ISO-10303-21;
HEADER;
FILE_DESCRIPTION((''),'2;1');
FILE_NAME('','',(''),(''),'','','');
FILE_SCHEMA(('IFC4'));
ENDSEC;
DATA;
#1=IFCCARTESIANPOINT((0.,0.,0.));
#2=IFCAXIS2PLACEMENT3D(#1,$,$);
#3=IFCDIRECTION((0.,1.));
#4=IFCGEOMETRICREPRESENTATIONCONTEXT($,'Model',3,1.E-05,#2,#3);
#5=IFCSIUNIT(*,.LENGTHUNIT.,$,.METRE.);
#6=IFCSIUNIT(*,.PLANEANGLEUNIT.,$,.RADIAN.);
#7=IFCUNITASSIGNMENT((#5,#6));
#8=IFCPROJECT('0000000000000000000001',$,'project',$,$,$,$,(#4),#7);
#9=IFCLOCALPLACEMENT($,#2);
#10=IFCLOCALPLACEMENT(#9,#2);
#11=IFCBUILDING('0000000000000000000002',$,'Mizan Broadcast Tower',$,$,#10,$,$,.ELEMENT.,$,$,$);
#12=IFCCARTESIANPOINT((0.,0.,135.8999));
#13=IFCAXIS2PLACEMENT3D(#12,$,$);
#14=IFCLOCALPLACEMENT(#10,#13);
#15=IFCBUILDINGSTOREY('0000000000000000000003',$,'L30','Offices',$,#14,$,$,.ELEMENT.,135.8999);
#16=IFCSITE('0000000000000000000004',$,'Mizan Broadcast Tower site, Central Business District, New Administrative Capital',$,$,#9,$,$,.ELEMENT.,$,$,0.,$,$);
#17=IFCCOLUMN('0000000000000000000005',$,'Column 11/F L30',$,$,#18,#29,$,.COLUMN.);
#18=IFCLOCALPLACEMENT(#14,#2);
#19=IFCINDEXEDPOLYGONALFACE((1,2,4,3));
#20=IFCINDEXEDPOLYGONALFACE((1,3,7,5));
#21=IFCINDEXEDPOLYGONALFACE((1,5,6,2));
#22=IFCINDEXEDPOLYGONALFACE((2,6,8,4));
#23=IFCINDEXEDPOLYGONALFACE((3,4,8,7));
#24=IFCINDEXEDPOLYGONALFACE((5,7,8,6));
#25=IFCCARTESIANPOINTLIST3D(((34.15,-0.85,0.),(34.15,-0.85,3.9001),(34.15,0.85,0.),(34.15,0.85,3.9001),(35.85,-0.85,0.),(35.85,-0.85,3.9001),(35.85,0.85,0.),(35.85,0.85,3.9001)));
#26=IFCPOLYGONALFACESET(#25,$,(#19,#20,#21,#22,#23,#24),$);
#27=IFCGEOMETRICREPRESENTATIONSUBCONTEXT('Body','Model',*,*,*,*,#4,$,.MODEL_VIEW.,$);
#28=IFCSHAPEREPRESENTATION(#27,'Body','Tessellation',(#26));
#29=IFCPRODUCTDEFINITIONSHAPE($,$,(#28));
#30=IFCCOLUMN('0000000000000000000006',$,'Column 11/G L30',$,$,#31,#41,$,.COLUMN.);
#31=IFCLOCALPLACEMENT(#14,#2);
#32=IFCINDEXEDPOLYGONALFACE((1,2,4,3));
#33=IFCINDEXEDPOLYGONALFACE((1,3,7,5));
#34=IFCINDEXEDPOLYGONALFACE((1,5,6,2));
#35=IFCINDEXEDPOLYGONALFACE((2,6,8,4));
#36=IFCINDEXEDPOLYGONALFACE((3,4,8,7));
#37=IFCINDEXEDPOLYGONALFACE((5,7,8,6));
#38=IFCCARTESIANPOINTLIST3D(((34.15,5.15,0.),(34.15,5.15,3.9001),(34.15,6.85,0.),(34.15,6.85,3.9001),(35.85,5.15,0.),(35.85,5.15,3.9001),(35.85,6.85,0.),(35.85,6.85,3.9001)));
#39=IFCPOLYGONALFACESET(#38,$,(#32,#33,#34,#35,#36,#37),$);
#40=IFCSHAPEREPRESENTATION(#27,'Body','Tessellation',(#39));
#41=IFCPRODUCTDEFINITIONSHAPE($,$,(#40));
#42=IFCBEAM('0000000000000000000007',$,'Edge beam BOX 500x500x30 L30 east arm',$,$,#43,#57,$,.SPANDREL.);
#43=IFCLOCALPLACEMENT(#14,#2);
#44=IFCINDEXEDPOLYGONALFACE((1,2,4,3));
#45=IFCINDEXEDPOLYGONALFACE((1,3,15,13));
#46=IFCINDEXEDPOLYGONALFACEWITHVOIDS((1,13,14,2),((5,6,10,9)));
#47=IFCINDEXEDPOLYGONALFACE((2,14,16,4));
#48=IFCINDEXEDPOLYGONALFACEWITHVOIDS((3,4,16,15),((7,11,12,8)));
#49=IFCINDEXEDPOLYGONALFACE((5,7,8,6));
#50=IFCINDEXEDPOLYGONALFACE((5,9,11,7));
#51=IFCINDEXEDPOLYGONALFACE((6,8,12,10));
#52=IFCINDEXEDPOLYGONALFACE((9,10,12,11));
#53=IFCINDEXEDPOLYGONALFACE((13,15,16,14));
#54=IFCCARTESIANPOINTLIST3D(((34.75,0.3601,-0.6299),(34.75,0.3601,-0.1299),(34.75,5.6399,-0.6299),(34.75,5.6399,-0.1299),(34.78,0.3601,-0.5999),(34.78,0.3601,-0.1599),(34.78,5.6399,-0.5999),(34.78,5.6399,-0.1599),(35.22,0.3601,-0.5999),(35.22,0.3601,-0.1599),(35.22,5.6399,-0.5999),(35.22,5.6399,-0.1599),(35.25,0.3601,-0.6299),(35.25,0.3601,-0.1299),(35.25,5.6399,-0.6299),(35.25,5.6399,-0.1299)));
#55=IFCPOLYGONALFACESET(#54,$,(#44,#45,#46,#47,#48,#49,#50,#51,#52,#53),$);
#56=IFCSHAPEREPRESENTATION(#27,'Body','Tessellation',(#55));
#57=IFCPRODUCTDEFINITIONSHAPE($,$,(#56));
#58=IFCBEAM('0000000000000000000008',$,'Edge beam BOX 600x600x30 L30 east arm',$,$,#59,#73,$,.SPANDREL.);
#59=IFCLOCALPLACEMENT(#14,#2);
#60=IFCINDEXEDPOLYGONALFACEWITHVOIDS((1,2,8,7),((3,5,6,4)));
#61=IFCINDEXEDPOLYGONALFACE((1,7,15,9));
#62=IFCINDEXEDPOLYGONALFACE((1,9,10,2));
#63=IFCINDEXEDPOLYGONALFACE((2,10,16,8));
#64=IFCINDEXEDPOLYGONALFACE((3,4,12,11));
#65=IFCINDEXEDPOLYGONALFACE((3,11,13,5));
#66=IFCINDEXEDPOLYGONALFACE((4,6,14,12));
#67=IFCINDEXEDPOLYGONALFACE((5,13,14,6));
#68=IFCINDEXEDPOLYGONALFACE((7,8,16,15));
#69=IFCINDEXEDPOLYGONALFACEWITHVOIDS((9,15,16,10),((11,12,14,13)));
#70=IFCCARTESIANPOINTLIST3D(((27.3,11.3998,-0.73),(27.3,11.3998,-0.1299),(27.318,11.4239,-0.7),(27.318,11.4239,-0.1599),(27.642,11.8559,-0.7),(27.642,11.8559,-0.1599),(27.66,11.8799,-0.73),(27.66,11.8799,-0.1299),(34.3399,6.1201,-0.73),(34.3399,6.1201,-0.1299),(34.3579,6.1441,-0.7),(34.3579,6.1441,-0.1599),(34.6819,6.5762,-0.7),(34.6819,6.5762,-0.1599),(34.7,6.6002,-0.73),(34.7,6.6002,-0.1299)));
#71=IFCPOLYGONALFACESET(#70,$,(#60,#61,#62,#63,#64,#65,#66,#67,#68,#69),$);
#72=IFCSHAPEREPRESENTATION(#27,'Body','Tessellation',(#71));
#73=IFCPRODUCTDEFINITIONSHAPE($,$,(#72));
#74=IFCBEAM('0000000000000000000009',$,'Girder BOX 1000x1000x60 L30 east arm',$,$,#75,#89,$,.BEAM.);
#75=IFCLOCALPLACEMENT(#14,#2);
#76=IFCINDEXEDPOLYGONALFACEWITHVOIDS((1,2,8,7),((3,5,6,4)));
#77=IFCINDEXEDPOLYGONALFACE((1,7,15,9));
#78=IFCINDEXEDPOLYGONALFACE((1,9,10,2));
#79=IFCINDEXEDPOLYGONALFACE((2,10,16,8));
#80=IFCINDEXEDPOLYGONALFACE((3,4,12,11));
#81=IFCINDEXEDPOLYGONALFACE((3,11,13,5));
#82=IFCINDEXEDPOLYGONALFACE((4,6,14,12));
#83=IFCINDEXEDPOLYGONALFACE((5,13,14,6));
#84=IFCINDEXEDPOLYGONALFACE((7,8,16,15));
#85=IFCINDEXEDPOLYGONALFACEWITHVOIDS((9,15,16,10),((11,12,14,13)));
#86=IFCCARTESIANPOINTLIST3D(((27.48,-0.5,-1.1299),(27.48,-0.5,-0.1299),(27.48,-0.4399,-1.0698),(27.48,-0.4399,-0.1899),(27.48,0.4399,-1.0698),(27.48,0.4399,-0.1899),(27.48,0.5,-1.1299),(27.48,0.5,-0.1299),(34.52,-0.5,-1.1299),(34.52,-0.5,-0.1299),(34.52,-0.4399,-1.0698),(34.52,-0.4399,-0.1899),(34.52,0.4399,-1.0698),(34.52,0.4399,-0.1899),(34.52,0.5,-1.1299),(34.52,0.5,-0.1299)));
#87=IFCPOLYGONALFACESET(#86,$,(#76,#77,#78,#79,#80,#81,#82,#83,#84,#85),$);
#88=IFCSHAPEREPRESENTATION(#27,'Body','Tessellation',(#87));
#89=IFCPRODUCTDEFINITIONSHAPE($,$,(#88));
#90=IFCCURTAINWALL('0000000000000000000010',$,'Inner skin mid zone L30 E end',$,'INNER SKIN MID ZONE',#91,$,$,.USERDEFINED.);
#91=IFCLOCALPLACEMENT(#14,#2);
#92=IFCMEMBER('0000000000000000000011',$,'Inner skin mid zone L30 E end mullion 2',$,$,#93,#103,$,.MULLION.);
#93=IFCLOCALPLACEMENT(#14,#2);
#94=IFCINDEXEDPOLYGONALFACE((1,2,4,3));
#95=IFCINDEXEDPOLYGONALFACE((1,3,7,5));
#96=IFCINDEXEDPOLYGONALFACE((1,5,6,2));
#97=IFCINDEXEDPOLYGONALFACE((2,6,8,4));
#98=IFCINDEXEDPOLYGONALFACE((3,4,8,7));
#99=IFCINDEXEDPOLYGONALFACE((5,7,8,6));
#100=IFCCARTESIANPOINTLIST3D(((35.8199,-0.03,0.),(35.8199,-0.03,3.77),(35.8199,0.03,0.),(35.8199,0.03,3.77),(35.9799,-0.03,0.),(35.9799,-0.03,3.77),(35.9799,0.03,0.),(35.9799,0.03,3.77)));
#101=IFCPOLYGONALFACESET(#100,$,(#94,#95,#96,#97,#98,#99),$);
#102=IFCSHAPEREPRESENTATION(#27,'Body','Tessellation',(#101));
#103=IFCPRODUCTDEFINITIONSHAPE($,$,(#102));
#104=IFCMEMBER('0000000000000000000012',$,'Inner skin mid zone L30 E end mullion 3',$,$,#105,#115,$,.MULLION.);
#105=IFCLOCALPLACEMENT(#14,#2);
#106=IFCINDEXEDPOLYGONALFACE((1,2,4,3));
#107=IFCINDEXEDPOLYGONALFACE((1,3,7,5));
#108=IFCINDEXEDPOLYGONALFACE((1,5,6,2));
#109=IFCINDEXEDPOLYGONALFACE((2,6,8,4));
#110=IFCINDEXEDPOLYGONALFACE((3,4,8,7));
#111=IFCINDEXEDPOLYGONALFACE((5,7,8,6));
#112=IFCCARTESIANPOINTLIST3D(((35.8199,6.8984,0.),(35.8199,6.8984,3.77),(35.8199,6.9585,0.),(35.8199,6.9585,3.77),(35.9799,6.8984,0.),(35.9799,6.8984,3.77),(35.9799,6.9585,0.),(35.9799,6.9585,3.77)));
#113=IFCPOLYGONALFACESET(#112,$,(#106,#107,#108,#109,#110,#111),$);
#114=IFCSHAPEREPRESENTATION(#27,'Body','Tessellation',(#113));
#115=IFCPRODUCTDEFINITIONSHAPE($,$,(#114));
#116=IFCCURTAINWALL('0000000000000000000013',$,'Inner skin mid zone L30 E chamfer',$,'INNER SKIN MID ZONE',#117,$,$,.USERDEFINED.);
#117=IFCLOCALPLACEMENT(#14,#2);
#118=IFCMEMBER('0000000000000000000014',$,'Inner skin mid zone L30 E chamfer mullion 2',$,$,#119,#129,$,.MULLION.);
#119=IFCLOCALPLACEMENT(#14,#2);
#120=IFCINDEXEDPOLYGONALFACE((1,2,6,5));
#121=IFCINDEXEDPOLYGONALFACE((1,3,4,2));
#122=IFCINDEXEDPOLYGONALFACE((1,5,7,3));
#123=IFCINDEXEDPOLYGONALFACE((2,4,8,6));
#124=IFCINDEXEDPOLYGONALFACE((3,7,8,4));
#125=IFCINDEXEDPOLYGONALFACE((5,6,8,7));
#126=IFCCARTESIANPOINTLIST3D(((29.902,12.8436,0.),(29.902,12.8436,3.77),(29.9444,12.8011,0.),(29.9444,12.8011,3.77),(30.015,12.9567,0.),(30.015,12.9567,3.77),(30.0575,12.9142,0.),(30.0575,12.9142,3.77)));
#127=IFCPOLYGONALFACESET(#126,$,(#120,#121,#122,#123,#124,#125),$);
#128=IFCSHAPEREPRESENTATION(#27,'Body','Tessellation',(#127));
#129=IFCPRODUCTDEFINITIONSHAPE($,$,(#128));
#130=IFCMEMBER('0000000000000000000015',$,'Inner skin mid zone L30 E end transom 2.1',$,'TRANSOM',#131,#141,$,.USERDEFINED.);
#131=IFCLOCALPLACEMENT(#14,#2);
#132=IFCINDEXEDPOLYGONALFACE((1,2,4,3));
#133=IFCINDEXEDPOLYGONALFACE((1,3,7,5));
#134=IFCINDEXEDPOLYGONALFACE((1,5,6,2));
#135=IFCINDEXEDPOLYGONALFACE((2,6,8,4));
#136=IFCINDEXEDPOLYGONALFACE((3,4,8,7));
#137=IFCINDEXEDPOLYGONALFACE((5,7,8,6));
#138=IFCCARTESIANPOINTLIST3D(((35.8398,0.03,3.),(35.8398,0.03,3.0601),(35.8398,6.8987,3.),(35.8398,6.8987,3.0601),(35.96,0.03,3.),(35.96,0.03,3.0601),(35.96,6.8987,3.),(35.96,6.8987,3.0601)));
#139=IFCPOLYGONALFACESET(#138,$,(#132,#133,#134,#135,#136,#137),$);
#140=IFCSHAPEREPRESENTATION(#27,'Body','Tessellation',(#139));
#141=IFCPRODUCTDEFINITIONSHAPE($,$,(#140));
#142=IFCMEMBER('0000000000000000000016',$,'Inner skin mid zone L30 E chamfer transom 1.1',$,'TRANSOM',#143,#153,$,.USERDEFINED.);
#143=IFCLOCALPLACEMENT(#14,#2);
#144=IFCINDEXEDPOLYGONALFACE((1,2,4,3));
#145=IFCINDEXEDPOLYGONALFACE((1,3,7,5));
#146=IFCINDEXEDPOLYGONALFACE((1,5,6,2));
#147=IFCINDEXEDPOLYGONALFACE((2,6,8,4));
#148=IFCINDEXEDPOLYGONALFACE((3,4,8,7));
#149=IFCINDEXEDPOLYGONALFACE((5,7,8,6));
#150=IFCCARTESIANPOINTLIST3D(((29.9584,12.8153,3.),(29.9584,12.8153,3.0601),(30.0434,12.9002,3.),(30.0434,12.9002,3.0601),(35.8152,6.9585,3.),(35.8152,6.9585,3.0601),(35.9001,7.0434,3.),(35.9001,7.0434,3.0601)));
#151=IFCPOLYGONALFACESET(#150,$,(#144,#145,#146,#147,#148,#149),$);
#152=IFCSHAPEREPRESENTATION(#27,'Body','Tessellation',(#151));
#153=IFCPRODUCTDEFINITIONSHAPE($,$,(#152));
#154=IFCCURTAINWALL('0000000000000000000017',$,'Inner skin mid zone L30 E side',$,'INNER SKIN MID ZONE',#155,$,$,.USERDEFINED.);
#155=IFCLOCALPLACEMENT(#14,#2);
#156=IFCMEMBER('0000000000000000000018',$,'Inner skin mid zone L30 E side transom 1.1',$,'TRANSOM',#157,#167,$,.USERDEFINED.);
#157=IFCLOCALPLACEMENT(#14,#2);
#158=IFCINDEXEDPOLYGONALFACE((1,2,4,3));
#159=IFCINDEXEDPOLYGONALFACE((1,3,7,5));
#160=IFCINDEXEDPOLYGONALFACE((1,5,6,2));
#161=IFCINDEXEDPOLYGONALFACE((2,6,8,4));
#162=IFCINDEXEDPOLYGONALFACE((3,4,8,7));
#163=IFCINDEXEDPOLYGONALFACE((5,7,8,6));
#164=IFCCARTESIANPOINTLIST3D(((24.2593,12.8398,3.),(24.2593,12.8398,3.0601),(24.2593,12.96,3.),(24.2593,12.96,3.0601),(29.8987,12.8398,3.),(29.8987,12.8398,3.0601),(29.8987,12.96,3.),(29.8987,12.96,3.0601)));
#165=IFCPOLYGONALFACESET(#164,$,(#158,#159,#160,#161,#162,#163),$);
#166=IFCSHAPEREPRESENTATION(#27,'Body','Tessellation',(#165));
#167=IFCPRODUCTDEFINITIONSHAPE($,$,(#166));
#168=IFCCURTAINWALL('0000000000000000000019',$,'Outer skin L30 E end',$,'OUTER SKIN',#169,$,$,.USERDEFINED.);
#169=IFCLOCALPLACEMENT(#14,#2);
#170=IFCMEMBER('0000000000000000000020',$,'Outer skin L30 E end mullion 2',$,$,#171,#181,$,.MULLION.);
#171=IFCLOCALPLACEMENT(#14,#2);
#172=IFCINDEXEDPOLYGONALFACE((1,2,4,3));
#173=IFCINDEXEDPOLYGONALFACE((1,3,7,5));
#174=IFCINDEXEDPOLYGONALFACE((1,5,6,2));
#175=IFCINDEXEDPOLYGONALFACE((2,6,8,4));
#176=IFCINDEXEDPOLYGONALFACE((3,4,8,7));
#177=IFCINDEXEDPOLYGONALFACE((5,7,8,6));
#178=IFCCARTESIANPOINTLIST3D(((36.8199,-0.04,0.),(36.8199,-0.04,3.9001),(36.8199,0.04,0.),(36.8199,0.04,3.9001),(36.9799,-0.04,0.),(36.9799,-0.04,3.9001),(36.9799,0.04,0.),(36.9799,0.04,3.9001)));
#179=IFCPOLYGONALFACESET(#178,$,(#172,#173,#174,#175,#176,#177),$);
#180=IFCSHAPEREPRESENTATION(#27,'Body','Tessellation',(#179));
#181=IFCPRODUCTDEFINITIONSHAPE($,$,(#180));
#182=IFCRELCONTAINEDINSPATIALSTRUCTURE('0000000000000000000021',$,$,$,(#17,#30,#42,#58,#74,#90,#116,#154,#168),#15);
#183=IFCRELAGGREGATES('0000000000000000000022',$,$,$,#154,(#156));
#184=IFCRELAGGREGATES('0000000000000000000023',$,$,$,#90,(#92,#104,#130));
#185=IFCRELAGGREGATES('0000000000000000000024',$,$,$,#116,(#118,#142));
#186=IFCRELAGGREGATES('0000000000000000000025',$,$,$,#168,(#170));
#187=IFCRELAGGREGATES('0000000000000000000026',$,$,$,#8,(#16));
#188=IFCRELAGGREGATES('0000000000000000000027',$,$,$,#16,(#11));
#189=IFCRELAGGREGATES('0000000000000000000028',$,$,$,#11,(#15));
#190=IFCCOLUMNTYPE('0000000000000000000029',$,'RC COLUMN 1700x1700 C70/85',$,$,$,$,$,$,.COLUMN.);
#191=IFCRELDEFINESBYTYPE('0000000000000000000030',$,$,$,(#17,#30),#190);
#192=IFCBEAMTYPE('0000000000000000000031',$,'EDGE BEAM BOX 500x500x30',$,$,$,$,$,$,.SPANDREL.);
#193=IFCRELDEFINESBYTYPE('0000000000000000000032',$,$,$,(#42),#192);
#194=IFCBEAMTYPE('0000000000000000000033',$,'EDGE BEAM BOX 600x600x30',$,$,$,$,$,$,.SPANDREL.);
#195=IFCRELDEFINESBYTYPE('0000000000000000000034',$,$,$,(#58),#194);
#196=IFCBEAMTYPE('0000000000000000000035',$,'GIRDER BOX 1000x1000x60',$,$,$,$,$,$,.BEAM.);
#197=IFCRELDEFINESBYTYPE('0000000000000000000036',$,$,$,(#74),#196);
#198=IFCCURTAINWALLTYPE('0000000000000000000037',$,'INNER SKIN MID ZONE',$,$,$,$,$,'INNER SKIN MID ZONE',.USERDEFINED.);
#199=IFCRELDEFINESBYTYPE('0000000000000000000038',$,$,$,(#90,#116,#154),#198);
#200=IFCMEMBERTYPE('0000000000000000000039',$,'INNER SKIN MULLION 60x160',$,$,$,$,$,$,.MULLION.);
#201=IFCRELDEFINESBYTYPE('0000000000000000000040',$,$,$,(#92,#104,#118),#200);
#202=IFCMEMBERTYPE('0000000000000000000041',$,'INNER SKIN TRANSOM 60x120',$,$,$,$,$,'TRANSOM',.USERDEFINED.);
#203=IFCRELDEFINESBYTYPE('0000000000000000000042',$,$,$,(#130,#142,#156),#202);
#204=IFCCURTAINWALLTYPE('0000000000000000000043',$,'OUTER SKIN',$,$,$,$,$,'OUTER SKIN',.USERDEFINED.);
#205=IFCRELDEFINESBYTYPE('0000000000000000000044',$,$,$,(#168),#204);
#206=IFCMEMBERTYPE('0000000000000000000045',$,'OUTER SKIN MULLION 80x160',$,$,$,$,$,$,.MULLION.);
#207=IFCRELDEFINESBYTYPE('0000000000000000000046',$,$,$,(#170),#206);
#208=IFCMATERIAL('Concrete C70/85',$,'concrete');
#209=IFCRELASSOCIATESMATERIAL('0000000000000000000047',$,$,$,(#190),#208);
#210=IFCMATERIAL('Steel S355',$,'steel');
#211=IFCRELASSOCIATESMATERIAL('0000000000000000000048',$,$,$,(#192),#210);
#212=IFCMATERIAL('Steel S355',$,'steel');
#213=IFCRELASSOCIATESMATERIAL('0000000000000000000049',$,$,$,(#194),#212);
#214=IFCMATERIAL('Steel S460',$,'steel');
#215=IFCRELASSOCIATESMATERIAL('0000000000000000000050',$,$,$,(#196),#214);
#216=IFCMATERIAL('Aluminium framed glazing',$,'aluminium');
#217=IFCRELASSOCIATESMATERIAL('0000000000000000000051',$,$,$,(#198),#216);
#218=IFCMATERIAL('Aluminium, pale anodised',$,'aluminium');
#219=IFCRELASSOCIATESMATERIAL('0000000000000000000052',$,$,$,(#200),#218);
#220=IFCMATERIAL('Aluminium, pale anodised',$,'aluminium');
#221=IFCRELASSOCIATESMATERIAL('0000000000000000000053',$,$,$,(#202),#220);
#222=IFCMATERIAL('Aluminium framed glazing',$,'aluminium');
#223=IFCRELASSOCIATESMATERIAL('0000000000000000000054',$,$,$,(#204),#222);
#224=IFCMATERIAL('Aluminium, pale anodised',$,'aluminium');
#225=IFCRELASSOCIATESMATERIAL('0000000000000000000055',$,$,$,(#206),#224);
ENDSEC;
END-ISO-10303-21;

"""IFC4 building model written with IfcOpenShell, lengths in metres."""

from ifc_helpers import new_model, si_unit, direction, frame, origin, origin_2d, place, context, subcontext, project, spatial, rectangle, hollow_rectangle, extrude, material, material_profile, profile_set, type_object, element, aggregate, save


model = new_model("IFC4")

# Units and contexts
model_context = context("Model", 3, precision=1e-05, world=origin(), true_north=direction((0.0, 1.0)))
body_context = subcontext(model_context, "Body", "Model", "MODEL_VIEW")
ifc_project = project(units=[si_unit("LENGTHUNIT", "METRE"), si_unit("PLANEANGLEUNIT", "RADIAN")], contexts=[model_context])

# Site, building, storey
site_placement = place(None, origin())
site = spatial("IfcSite", under=ifc_project, at=site_placement, Name="Mizan Broadcast Tower site, Central Business District, New Administrative Capital", CompositionType="ELEMENT", RefElevation=0.0)
building_placement = place(site_placement, origin())
building = spatial("IfcBuilding", under=site, at=building_placement, Name="Mizan Broadcast Tower", CompositionType="ELEMENT")
storey_placement = place(building_placement, frame((0.0, 0.0, 135.8999)))
storey = spatial("IfcBuildingStorey", under=building, at=storey_placement, Name="L30", Description="Offices", CompositionType="ELEMENT", Elevation=135.8999)

# Columns
ifc_material_1 = material(Name="Concrete C70/85", Category="concrete")
ifc_material_profile_1 = material_profile(ifc_material_1, rectangle(XDim=1.7, YDim=1.7, at=origin_2d()), Name="RC 1700x1700")
ifc_profile_set_1 = profile_set([ifc_material_profile_1], Name="Concrete C70/85")
column_type = type_object("IfcColumnType", Name="RC COLUMN 1700x1700 C70/85", PredefinedType="COLUMN", material=ifc_profile_set_1)
for number, where, z_axis, x_axis, name in (
    (1, (35.0, 0.0, 0.0), (0.0, 0.0, 1.0), (1.0, 0.0, 0.0), "Column 11/F L30"),
    (2, (35.0, 6.0, 0.0), (0.0, 0.0, 1.0), (1.0, 0.0, 0.0), "Column 11/G L30"),
):
    element("IfcColumn", number, at=place(storey_placement, frame(where, z_axis=z_axis, x_axis=x_axis)), inside=storey, type_object=column_type, Name=name, PredefinedType="COLUMN", context=body_context, shape_type="SweptSolid", body=[
        extrude(rectangle(XDim=1.7, YDim=1.7, at=origin_2d()), origin(), (0.0, 0.0, 1.0), 3.9001),
    ])

# Beams
ifc_material_2 = material(Name="Steel S355", Category="steel")
ifc_material_profile_2 = material_profile(ifc_material_2, hollow_rectangle(XDim=0.5, YDim=0.5, WallThickness=0.03, at=origin_2d()), Name="BOX 500x500x30")
ifc_profile_set_2 = profile_set([ifc_material_profile_2], Name="Steel S355")
beam_type_1 = type_object("IfcBeamType", Name="EDGE BEAM BOX 500x500x30", PredefinedType="SPANDREL", material=ifc_profile_set_2)
beam_1_placement = place(storey_placement, frame((35.0, 5.6399, -0.3799), z_axis=(0.0, -1.0, 0.0), x_axis=(1.0, 0.0, 0.0)))
element("IfcBeam", 3, at=beam_1_placement, inside=storey, type_object=beam_type_1, Name="Edge beam BOX 500x500x30 L30 east arm", PredefinedType="SPANDREL", context=body_context, shape_type="SweptSolid", body=[
    extrude(hollow_rectangle(XDim=0.5, YDim=0.5, WallThickness=0.03, at=origin_2d()), origin(), (0.0, 0.0, 1.0), 5.2798),
])
ifc_material_3 = material(Name="Steel S355", Category="steel")
ifc_material_profile_3 = material_profile(ifc_material_3, hollow_rectangle(XDim=0.6001, YDim=0.6001, WallThickness=0.03, at=origin_2d()), Name="BOX 600x600x30")
ifc_profile_set_3 = profile_set([ifc_material_profile_3], Name="Steel S355")
beam_type_2 = type_object("IfcBeamType", Name="EDGE BEAM BOX 600x600x30", PredefinedType="SPANDREL", material=ifc_profile_set_3)
beam_2_placement = place(storey_placement, frame((27.48, 11.6399, -0.4299), z_axis=(0.800013, -0.599982, 0.0), x_axis=(0.599982, 0.800013, 0.0)))
element("IfcBeam", 4, at=beam_2_placement, inside=storey, type_object=beam_type_2, Name="Edge beam BOX 600x600x30 L30 east arm", PredefinedType="SPANDREL", context=body_context, shape_type="SweptSolid", body=[
    extrude(hollow_rectangle(XDim=0.6001, YDim=0.6001, WallThickness=0.03, at=origin_2d()), origin(), (0.0, 0.0, 1.0), 8.7998),
])
ifc_material_4 = material(Name="Steel S460", Category="steel")
ifc_material_profile_4 = material_profile(ifc_material_4, hollow_rectangle(XDim=1.0, YDim=1.0, WallThickness=0.0601, at=origin_2d()), Name="BOX 1000x1000x60")
ifc_profile_set_4 = profile_set([ifc_material_profile_4], Name="Steel S460")
beam_type_3 = type_object("IfcBeamType", Name="GIRDER BOX 1000x1000x60", PredefinedType="BEAM", material=ifc_profile_set_4)
beam_3_placement = place(storey_placement, frame((27.48, 0.0, -0.6299), z_axis=(1.0, 0.0, 0.0), x_axis=(0.0, 1.0, 0.0)))
element("IfcBeam", 5, at=beam_3_placement, inside=storey, type_object=beam_type_3, Name="Girder BOX 1000x1000x60 L30 east arm", PredefinedType="BEAM", context=body_context, shape_type="SweptSolid", body=[
    extrude(hollow_rectangle(XDim=1.0, YDim=1.0, WallThickness=0.0601, at=origin_2d()), origin(), (0.0, 0.0, 1.0), 7.04),
])

# Curtain wall, members
ifc_material_5 = material(Name="Aluminium framed glazing", Category="aluminium")
curtain_wall_type_1 = type_object("IfcCurtainWallType", Name="INNER SKIN MID ZONE", ElementType="INNER SKIN MID ZONE", PredefinedType="USERDEFINED", material=ifc_material_5)
curtain_wall_1_placement = place(storey_placement, origin())
curtain_wall_1 = element("IfcCurtainWall", 6, at=curtain_wall_1_placement, inside=storey, type_object=curtain_wall_type_1, Name="Inner skin mid zone L30 E end", ObjectType="INNER SKIN MID ZONE", PredefinedType="USERDEFINED")
ifc_material_6 = material(Name="Aluminium, pale anodised", Category="aluminium")
ifc_material_profile_5 = material_profile(ifc_material_6, rectangle(XDim=0.1599, YDim=0.0601, at=origin_2d()), Name="MULLION 160x60")
ifc_profile_set_5 = profile_set([ifc_material_profile_5], Name="Aluminium, pale anodised")
member_type_1 = type_object("IfcMemberType", Name="INNER SKIN MULLION 60x160", PredefinedType="MULLION", material=ifc_profile_set_5)
member_1_placement = place(storey_placement, frame((35.8999, 0.0, 0.0), z_axis=(0.0, 0.0, 1.0), x_axis=(-1.0, 0.0, 0.0)))
member_1 = element("IfcMember", 7, at=member_1_placement, type_object=member_type_1, Name="Inner skin mid zone L30 E end mullion 2", PredefinedType="MULLION", context=body_context, shape_type="SweptSolid", body=[
    extrude(rectangle(XDim=0.1599, YDim=0.0601, at=origin_2d()), origin(), (0.0, 0.0, 1.0), 3.77),
])
member_2_placement = place(storey_placement, frame((35.8999, 6.9285, 0.0), z_axis=(0.0, 0.0, 1.0), x_axis=(-1.0, 0.0, 0.0)))
member_2 = element("IfcMember", 8, at=member_2_placement, type_object=member_type_1, Name="Inner skin mid zone L30 E end mullion 3", PredefinedType="MULLION", context=body_context, shape_type="SweptSolid", body=[
    extrude(rectangle(XDim=0.1599, YDim=0.0601, at=origin_2d()), origin(), (0.0, 0.0, 1.0), 3.77),
])

# Curtain wall, member
curtain_wall_2_placement = place(storey_placement, origin())
curtain_wall_2 = element("IfcCurtainWall", 9, at=curtain_wall_2_placement, inside=storey, type_object=curtain_wall_type_1, Name="Inner skin mid zone L30 E chamfer", ObjectType="INNER SKIN MID ZONE", PredefinedType="USERDEFINED")
member_3_placement = place(storey_placement, frame((29.9797, 12.8789, 0.0), z_axis=(0.0, 0.0, 1.0), x_axis=(-0.707107, -0.707107, 0.0)))
member_3 = element("IfcMember", 10, at=member_3_placement, type_object=member_type_1, Name="Inner skin mid zone L30 E chamfer mullion 2", PredefinedType="MULLION", context=body_context, shape_type="SweptSolid", body=[
    extrude(rectangle(XDim=0.1599, YDim=0.0601, at=origin_2d()), origin(), (0.0, 0.0, 1.0), 3.77),
])

# Members
ifc_material_7 = material(Name="Aluminium, pale anodised", Category="aluminium")
ifc_material_profile_6 = material_profile(ifc_material_7, rectangle(XDim=0.1201, YDim=0.0601, at=origin_2d()), Name="TRANSOM 120x60")
ifc_profile_set_6 = profile_set([ifc_material_profile_6], Name="Aluminium, pale anodised")
member_type_2 = type_object("IfcMemberType", Name="INNER SKIN TRANSOM 60x120", ElementType="TRANSOM", PredefinedType="USERDEFINED", material=ifc_profile_set_6)
member_4_placement = place(storey_placement, frame((35.8999, 0.03, 3.03), z_axis=(0.0, 1.0, 0.0), x_axis=(-1.0, 0.0, 0.0)))
member_4 = element("IfcMember", 11, at=member_4_placement, type_object=member_type_2, Name="Inner skin mid zone L30 E end transom 2.1", ObjectType="TRANSOM", PredefinedType="USERDEFINED", context=body_context, shape_type="SweptSolid", body=[
    extrude(rectangle(XDim=0.1201, YDim=0.0601, at=origin_2d()), origin(), (0.0, 0.0, 1.0), 6.8687),
])
member_5_placement = place(storey_placement, frame((35.8577, 7.001, 3.03), z_axis=(-0.707107, 0.707107, 0.0), x_axis=(-0.707107, -0.707107, 0.0)))
member_5 = element("IfcMember", 12, at=member_5_placement, type_object=member_type_2, Name="Inner skin mid zone L30 E chamfer transom 1.1", ObjectType="TRANSOM", PredefinedType="USERDEFINED", context=body_context, shape_type="SweptSolid", body=[
    extrude(rectangle(XDim=0.1201, YDim=0.0601, at=origin_2d()), origin(), (0.0, 0.0, 1.0), 8.2827),
])

# Curtain wall, member
curtain_wall_3_placement = place(storey_placement, origin())
curtain_wall_3 = element("IfcCurtainWall", 13, at=curtain_wall_3_placement, inside=storey, type_object=curtain_wall_type_1, Name="Inner skin mid zone L30 E side", ObjectType="INNER SKIN MID ZONE", PredefinedType="USERDEFINED")
member_6_placement = place(storey_placement, frame((29.8987, 12.8999, 3.03), z_axis=(-1.0, 0.0, 0.0), x_axis=(0.0, -1.0, 0.0)))
member_6 = element("IfcMember", 14, at=member_6_placement, type_object=member_type_2, Name="Inner skin mid zone L30 E side transom 1.1", ObjectType="TRANSOM", PredefinedType="USERDEFINED", context=body_context, shape_type="SweptSolid", body=[
    extrude(rectangle(XDim=0.1201, YDim=0.0601, at=origin_2d()), origin(), (0.0, 0.0, 1.0), 5.6394),
])
aggregate(curtain_wall_3, [member_6])

# Curtain wall, member
ifc_material_8 = material(Name="Aluminium framed glazing", Category="aluminium")
curtain_wall_type_2 = type_object("IfcCurtainWallType", Name="OUTER SKIN", ElementType="OUTER SKIN", PredefinedType="USERDEFINED", material=ifc_material_8)
curtain_wall_4_placement = place(storey_placement, origin())
curtain_wall_4 = element("IfcCurtainWall", 15, at=curtain_wall_4_placement, inside=storey, type_object=curtain_wall_type_2, Name="Outer skin L30 E end", ObjectType="OUTER SKIN", PredefinedType="USERDEFINED")
ifc_material_9 = material(Name="Aluminium, pale anodised", Category="aluminium")
ifc_material_profile_7 = material_profile(ifc_material_9, rectangle(XDim=0.1599, YDim=0.0801, at=origin_2d()), Name="MULLION 160x80")
ifc_profile_set_7 = profile_set([ifc_material_profile_7], Name="Aluminium, pale anodised")
member_type_3 = type_object("IfcMemberType", Name="OUTER SKIN MULLION 80x160", PredefinedType="MULLION", material=ifc_profile_set_7)
member_7_placement = place(storey_placement, frame((36.8999, 0.0, 0.0), z_axis=(0.0, 0.0, 1.0), x_axis=(-1.0, 0.0, 0.0)))
member_7 = element("IfcMember", 16, at=member_7_placement, type_object=member_type_3, Name="Outer skin L30 E end mullion 2", PredefinedType="MULLION", context=body_context, shape_type="SweptSolid", body=[
    extrude(rectangle(XDim=0.1599, YDim=0.0801, at=origin_2d()), origin(), (0.0, 0.0, 1.0), 3.9001),
])

aggregate(curtain_wall_1, [member_1, member_2, member_4])
aggregate(curtain_wall_2, [member_3, member_5])
aggregate(curtain_wall_4, [member_7])

save(model, "model.ifc")
